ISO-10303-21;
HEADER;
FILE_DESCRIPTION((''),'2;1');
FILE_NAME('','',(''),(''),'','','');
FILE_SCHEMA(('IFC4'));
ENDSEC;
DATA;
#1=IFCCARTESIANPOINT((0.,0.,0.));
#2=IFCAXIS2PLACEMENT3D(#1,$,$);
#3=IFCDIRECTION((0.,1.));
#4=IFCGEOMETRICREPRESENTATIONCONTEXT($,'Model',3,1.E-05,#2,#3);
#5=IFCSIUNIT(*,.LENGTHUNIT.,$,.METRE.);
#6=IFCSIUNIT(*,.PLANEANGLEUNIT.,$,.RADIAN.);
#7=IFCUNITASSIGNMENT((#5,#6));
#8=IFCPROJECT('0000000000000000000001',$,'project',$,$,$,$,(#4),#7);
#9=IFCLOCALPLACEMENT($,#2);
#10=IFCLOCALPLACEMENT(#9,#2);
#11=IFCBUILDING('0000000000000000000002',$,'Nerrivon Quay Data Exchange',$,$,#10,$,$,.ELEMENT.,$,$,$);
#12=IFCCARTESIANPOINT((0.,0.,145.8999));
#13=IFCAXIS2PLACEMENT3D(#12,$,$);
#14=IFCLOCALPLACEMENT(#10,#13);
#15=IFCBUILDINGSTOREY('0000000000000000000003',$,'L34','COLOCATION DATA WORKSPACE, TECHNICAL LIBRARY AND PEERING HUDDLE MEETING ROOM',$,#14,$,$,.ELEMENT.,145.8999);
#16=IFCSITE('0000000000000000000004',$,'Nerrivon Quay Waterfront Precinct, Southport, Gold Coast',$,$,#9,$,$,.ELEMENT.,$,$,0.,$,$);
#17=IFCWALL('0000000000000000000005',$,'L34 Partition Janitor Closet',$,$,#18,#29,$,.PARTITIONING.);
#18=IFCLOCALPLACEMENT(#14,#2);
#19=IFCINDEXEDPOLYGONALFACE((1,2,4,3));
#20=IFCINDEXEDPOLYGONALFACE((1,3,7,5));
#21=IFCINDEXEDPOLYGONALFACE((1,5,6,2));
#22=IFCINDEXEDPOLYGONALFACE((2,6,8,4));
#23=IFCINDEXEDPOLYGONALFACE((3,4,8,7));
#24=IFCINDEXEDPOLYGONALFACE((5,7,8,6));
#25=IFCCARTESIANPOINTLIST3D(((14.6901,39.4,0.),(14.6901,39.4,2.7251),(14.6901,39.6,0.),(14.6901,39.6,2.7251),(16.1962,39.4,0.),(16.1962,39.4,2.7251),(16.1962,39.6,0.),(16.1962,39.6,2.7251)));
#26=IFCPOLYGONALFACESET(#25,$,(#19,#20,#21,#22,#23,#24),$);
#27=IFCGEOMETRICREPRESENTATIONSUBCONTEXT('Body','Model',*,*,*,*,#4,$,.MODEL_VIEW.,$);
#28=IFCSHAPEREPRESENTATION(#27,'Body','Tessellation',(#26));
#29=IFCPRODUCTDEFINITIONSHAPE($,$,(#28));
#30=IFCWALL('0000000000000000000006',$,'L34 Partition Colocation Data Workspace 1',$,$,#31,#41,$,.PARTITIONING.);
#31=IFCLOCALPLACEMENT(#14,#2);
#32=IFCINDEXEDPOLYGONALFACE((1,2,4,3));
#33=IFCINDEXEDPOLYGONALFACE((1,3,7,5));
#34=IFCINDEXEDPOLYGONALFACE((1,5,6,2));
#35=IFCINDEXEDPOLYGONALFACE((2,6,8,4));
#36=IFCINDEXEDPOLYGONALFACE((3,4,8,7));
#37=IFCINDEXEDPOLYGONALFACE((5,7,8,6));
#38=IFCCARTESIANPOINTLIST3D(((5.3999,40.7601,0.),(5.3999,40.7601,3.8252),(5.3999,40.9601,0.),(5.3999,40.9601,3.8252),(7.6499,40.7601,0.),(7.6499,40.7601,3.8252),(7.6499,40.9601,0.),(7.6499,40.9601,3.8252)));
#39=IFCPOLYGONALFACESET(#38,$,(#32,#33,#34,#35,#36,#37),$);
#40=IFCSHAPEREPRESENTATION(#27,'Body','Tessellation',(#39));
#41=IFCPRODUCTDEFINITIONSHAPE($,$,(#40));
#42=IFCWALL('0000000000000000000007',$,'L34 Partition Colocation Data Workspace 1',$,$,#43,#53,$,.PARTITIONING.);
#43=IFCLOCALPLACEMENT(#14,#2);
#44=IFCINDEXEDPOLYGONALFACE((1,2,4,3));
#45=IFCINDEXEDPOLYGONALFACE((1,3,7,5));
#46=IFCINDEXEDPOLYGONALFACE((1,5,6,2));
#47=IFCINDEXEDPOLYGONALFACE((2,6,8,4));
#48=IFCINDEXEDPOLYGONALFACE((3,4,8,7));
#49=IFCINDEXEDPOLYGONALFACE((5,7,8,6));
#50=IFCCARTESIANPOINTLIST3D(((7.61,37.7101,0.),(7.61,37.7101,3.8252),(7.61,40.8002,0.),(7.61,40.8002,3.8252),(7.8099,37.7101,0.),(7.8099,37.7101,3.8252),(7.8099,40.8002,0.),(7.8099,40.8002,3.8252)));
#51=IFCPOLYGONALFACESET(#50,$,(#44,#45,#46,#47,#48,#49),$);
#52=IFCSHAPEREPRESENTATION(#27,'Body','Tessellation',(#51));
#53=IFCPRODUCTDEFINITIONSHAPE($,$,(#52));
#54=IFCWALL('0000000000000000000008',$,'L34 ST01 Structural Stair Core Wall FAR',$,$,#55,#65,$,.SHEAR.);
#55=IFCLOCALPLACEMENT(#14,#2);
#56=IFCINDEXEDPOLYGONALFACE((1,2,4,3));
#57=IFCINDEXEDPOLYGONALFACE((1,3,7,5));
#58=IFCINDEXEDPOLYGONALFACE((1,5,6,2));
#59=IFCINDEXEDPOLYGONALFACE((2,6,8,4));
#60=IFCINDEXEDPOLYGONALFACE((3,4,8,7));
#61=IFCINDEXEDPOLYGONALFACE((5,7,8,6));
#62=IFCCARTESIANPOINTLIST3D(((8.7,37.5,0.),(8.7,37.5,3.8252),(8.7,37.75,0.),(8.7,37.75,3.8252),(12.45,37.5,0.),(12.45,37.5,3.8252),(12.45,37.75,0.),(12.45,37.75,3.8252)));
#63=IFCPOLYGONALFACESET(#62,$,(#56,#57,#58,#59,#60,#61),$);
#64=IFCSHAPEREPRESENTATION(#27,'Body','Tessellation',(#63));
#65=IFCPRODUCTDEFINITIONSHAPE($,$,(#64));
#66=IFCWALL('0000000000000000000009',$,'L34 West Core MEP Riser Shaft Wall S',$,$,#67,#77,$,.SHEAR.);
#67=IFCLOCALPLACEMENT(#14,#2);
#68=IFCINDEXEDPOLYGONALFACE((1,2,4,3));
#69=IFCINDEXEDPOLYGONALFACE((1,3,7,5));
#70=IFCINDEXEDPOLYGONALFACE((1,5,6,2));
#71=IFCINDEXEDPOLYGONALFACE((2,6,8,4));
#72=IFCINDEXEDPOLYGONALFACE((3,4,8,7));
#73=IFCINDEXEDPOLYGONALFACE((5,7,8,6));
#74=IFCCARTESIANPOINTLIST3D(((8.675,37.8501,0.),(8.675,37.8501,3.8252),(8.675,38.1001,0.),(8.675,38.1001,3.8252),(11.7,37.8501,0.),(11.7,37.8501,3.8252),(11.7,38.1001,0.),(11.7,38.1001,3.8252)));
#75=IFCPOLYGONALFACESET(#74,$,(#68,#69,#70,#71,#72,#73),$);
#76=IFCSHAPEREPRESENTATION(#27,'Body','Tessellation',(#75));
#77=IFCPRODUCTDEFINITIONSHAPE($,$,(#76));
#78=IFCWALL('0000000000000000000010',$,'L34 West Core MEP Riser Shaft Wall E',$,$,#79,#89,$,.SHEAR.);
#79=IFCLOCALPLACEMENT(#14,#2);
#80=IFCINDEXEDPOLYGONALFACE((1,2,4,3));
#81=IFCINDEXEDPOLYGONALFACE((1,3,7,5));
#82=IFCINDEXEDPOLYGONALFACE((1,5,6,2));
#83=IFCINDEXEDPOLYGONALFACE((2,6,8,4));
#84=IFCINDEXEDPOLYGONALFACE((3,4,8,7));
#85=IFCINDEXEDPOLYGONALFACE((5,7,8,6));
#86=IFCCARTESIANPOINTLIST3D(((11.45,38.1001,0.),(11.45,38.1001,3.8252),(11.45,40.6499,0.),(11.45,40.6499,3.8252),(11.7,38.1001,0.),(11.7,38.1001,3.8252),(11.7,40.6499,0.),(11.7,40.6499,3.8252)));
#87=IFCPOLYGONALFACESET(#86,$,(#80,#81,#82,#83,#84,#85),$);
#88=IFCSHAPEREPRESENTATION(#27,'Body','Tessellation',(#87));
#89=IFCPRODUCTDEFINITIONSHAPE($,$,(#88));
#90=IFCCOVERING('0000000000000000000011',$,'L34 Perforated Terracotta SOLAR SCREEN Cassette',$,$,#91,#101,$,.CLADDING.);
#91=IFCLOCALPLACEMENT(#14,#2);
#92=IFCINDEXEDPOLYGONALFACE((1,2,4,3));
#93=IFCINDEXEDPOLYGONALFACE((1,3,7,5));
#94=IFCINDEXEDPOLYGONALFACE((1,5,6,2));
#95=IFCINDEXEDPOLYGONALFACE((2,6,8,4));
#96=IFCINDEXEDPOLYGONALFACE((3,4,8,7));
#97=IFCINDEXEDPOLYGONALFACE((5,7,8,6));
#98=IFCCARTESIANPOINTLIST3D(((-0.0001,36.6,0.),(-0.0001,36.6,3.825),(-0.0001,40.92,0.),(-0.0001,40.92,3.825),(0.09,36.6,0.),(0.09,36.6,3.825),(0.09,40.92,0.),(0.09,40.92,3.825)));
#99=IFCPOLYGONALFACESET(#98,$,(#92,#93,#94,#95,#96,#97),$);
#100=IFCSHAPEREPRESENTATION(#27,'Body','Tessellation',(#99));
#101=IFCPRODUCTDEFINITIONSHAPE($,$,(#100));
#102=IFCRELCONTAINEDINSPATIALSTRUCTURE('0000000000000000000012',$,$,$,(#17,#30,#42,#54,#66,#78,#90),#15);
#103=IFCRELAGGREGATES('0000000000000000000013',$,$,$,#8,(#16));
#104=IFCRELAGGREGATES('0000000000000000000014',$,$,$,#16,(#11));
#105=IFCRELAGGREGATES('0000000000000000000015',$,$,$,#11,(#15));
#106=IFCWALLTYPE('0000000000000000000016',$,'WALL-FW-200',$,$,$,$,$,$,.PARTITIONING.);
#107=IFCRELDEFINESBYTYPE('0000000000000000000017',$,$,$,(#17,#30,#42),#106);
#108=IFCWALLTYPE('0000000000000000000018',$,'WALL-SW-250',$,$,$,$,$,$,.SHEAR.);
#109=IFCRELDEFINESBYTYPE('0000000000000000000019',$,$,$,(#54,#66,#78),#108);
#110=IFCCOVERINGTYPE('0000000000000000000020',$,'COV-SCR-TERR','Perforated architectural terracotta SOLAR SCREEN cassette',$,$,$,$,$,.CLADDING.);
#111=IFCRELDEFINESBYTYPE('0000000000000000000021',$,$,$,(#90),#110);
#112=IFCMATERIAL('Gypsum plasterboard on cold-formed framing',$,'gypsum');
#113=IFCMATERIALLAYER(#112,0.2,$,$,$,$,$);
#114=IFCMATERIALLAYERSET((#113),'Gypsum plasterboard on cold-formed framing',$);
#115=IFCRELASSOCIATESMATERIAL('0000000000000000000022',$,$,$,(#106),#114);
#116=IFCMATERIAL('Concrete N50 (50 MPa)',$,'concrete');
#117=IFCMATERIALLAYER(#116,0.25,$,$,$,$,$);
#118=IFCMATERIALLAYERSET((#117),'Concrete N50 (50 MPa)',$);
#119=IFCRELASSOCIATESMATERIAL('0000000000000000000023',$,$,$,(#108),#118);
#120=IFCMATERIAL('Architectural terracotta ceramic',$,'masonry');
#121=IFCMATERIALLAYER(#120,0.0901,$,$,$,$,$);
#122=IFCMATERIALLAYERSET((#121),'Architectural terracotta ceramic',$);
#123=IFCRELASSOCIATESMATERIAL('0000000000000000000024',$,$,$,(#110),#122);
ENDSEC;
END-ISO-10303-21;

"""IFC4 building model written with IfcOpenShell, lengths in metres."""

from ifc_helpers import new_model, si_unit, direction, frame, frame_2d, origin, origin_2d, place, context, subcontext, project, spatial, rectangle, extrude, material, layer, layer_set, type_object, element, save


model = new_model("IFC4")

# Units and contexts
model_context = context("Model", 3, precision=1e-05, world=origin(), true_north=direction((0.0, 1.0)))
body_context = subcontext(model_context, "Body", "Model", "MODEL_VIEW")
ifc_project = project(units=[si_unit("LENGTHUNIT", "METRE"), si_unit("PLANEANGLEUNIT", "RADIAN")], contexts=[model_context])

# Site, building, storey
site_placement = place(None, origin())
site = spatial("IfcSite", under=ifc_project, at=site_placement, Name="Nerrivon Quay Waterfront Precinct, Southport, Gold Coast", CompositionType="ELEMENT", RefElevation=0.0)
building_placement = place(site_placement, origin())
building = spatial("IfcBuilding", under=site, at=building_placement, Name="Nerrivon Quay Data Exchange", CompositionType="ELEMENT")
storey_placement = place(building_placement, frame((0.0, 0.0, 145.8999)))
storey = spatial("IfcBuildingStorey", under=building, at=storey_placement, Name="L34", Description="COLOCATION DATA WORKSPACE, TECHNICAL LIBRARY AND PEERING HUDDLE MEETING ROOM", CompositionType="ELEMENT", Elevation=145.8999)

# Walls
ifc_material_1 = material(Name="Gypsum plasterboard on cold-formed framing", Category="gypsum")
ifc_layer_1 = layer(ifc_material_1, 0.2)
ifc_layer_set_1 = layer_set([ifc_layer_1], Name="Gypsum plasterboard on cold-formed framing")
wall_type_1 = type_object("IfcWallType", Name="WALL-FW-200", PredefinedType="PARTITIONING", material=ifc_layer_set_1)
wall_1_placement = place(storey_placement, frame((16.196, 39.5, 0.0), z_axis=(0.0, 0.0, 1.0), x_axis=(-1.0, 0.0, 0.0)))
element("IfcWall", 1, at=wall_1_placement, inside=storey, type_object=wall_type_1, Name="L34 Partition Janitor Closet", PredefinedType="PARTITIONING", context=body_context, shape_type="SweptSolid", body=[
    extrude(rectangle(XDim=1.5061, YDim=0.2, at=frame_2d((0.7529, 0.0))), origin(), (0.0, 0.0, 1.0), 2.7251),
])
wall_2_placement = place(storey_placement, frame((5.3999, 40.8601, 0.0), z_axis=(0.0, 0.0, 1.0), x_axis=(1.0, 0.0, 0.0)))
element("IfcWall", 2, at=wall_2_placement, inside=storey, type_object=wall_type_1, Name="L34 Partition Colocation Data Workspace 1", PredefinedType="PARTITIONING", context=body_context, shape_type="SweptSolid", body=[
    extrude(rectangle(XDim=2.25, YDim=0.2, at=frame_2d((1.125, 0.0))), origin(), (0.0, 0.0, 1.0), 3.8252),
])
wall_3_placement = place(storey_placement, frame((7.71, 40.8, 0.0), z_axis=(0.0, 0.0, 1.0), x_axis=(0.0, -1.0, 0.0)))
element("IfcWall", 3, at=wall_3_placement, inside=storey, type_object=wall_type_1, Name="L34 Partition Colocation Data Workspace 1", PredefinedType="PARTITIONING", context=body_context, shape_type="SweptSolid", body=[
    extrude(rectangle(XDim=3.0901, YDim=0.2, at=frame_2d((1.5449, 0.0))), origin(), (0.0, 0.0, 1.0), 3.8252),
])
ifc_material_2 = material(Name="Concrete N50 (50 MPa)", Category="concrete")
ifc_layer_2 = layer(ifc_material_2, 0.25)
ifc_layer_set_2 = layer_set([ifc_layer_2], Name="Concrete N50 (50 MPa)")
wall_type_2 = type_object("IfcWallType", Name="WALL-SW-250", PredefinedType="SHEAR", material=ifc_layer_set_2)
wall_4_placement = place(storey_placement, frame((12.45, 37.625, 0.0), z_axis=(0.0, 0.0, 1.0), x_axis=(-1.0, 0.0, 0.0)))
element("IfcWall", 4, at=wall_4_placement, inside=storey, type_object=wall_type_2, Name="L34 ST01 Structural Stair Core Wall FAR", PredefinedType="SHEAR", context=body_context, shape_type="SweptSolid", body=[
    extrude(rectangle(XDim=3.75, YDim=0.25, at=frame_2d((1.875, 0.0))), origin(), (0.0, 0.0, 1.0), 3.8252),
])
wall_5_placement = place(storey_placement, frame((8.675, 37.9751, 0.0), z_axis=(0.0, 0.0, 1.0), x_axis=(1.0, 0.0, 0.0)))
element("IfcWall", 5, at=wall_5_placement, inside=storey, type_object=wall_type_2, Name="L34 West Core MEP Riser Shaft Wall S", PredefinedType="SHEAR", context=body_context, shape_type="SweptSolid", body=[
    extrude(rectangle(XDim=3.0249, YDim=0.25, at=frame_2d((1.5125, 0.0))), origin(), (0.0, 0.0, 1.0), 3.8252),
])
wall_6_placement = place(storey_placement, frame((11.575, 38.1001, 0.0), z_axis=(0.0, 0.0, 1.0), x_axis=(0.0, 1.0, 0.0)))
element("IfcWall", 6, at=wall_6_placement, inside=storey, type_object=wall_type_2, Name="L34 West Core MEP Riser Shaft Wall E", PredefinedType="SHEAR", context=body_context, shape_type="SweptSolid", body=[
    extrude(rectangle(XDim=2.5498, YDim=0.25, at=frame_2d((1.2749, 0.0))), origin(), (0.0, 0.0, 1.0), 3.8252),
])

# Covering
ifc_material_3 = material(Name="Architectural terracotta ceramic", Category="masonry")
ifc_layer_3 = layer(ifc_material_3, 0.0901)
ifc_layer_set_3 = layer_set([ifc_layer_3], Name="Architectural terracotta ceramic")
covering_type = type_object("IfcCoveringType", Name="COV-SCR-TERR", Description="Perforated architectural terracotta SOLAR SCREEN cassette", PredefinedType="CLADDING", material=ifc_layer_set_3)
covering_placement = place(storey_placement, frame((0.0449, 38.76, 0.0), z_axis=(0.0, 0.0, 1.0), x_axis=(0.0, 1.0, 0.0)))
element("IfcCovering", 7, at=covering_placement, inside=storey, type_object=covering_type, Name="L34 Perforated Terracotta SOLAR SCREEN Cassette", PredefinedType="CLADDING", context=body_context, shape_type="SweptSolid", body=[
    extrude(rectangle(XDim=4.3201, YDim=0.0901, at=origin_2d()), origin(), (0.0, 0.0, 1.0), 3.825),
])

save(model, "model.ifc")
